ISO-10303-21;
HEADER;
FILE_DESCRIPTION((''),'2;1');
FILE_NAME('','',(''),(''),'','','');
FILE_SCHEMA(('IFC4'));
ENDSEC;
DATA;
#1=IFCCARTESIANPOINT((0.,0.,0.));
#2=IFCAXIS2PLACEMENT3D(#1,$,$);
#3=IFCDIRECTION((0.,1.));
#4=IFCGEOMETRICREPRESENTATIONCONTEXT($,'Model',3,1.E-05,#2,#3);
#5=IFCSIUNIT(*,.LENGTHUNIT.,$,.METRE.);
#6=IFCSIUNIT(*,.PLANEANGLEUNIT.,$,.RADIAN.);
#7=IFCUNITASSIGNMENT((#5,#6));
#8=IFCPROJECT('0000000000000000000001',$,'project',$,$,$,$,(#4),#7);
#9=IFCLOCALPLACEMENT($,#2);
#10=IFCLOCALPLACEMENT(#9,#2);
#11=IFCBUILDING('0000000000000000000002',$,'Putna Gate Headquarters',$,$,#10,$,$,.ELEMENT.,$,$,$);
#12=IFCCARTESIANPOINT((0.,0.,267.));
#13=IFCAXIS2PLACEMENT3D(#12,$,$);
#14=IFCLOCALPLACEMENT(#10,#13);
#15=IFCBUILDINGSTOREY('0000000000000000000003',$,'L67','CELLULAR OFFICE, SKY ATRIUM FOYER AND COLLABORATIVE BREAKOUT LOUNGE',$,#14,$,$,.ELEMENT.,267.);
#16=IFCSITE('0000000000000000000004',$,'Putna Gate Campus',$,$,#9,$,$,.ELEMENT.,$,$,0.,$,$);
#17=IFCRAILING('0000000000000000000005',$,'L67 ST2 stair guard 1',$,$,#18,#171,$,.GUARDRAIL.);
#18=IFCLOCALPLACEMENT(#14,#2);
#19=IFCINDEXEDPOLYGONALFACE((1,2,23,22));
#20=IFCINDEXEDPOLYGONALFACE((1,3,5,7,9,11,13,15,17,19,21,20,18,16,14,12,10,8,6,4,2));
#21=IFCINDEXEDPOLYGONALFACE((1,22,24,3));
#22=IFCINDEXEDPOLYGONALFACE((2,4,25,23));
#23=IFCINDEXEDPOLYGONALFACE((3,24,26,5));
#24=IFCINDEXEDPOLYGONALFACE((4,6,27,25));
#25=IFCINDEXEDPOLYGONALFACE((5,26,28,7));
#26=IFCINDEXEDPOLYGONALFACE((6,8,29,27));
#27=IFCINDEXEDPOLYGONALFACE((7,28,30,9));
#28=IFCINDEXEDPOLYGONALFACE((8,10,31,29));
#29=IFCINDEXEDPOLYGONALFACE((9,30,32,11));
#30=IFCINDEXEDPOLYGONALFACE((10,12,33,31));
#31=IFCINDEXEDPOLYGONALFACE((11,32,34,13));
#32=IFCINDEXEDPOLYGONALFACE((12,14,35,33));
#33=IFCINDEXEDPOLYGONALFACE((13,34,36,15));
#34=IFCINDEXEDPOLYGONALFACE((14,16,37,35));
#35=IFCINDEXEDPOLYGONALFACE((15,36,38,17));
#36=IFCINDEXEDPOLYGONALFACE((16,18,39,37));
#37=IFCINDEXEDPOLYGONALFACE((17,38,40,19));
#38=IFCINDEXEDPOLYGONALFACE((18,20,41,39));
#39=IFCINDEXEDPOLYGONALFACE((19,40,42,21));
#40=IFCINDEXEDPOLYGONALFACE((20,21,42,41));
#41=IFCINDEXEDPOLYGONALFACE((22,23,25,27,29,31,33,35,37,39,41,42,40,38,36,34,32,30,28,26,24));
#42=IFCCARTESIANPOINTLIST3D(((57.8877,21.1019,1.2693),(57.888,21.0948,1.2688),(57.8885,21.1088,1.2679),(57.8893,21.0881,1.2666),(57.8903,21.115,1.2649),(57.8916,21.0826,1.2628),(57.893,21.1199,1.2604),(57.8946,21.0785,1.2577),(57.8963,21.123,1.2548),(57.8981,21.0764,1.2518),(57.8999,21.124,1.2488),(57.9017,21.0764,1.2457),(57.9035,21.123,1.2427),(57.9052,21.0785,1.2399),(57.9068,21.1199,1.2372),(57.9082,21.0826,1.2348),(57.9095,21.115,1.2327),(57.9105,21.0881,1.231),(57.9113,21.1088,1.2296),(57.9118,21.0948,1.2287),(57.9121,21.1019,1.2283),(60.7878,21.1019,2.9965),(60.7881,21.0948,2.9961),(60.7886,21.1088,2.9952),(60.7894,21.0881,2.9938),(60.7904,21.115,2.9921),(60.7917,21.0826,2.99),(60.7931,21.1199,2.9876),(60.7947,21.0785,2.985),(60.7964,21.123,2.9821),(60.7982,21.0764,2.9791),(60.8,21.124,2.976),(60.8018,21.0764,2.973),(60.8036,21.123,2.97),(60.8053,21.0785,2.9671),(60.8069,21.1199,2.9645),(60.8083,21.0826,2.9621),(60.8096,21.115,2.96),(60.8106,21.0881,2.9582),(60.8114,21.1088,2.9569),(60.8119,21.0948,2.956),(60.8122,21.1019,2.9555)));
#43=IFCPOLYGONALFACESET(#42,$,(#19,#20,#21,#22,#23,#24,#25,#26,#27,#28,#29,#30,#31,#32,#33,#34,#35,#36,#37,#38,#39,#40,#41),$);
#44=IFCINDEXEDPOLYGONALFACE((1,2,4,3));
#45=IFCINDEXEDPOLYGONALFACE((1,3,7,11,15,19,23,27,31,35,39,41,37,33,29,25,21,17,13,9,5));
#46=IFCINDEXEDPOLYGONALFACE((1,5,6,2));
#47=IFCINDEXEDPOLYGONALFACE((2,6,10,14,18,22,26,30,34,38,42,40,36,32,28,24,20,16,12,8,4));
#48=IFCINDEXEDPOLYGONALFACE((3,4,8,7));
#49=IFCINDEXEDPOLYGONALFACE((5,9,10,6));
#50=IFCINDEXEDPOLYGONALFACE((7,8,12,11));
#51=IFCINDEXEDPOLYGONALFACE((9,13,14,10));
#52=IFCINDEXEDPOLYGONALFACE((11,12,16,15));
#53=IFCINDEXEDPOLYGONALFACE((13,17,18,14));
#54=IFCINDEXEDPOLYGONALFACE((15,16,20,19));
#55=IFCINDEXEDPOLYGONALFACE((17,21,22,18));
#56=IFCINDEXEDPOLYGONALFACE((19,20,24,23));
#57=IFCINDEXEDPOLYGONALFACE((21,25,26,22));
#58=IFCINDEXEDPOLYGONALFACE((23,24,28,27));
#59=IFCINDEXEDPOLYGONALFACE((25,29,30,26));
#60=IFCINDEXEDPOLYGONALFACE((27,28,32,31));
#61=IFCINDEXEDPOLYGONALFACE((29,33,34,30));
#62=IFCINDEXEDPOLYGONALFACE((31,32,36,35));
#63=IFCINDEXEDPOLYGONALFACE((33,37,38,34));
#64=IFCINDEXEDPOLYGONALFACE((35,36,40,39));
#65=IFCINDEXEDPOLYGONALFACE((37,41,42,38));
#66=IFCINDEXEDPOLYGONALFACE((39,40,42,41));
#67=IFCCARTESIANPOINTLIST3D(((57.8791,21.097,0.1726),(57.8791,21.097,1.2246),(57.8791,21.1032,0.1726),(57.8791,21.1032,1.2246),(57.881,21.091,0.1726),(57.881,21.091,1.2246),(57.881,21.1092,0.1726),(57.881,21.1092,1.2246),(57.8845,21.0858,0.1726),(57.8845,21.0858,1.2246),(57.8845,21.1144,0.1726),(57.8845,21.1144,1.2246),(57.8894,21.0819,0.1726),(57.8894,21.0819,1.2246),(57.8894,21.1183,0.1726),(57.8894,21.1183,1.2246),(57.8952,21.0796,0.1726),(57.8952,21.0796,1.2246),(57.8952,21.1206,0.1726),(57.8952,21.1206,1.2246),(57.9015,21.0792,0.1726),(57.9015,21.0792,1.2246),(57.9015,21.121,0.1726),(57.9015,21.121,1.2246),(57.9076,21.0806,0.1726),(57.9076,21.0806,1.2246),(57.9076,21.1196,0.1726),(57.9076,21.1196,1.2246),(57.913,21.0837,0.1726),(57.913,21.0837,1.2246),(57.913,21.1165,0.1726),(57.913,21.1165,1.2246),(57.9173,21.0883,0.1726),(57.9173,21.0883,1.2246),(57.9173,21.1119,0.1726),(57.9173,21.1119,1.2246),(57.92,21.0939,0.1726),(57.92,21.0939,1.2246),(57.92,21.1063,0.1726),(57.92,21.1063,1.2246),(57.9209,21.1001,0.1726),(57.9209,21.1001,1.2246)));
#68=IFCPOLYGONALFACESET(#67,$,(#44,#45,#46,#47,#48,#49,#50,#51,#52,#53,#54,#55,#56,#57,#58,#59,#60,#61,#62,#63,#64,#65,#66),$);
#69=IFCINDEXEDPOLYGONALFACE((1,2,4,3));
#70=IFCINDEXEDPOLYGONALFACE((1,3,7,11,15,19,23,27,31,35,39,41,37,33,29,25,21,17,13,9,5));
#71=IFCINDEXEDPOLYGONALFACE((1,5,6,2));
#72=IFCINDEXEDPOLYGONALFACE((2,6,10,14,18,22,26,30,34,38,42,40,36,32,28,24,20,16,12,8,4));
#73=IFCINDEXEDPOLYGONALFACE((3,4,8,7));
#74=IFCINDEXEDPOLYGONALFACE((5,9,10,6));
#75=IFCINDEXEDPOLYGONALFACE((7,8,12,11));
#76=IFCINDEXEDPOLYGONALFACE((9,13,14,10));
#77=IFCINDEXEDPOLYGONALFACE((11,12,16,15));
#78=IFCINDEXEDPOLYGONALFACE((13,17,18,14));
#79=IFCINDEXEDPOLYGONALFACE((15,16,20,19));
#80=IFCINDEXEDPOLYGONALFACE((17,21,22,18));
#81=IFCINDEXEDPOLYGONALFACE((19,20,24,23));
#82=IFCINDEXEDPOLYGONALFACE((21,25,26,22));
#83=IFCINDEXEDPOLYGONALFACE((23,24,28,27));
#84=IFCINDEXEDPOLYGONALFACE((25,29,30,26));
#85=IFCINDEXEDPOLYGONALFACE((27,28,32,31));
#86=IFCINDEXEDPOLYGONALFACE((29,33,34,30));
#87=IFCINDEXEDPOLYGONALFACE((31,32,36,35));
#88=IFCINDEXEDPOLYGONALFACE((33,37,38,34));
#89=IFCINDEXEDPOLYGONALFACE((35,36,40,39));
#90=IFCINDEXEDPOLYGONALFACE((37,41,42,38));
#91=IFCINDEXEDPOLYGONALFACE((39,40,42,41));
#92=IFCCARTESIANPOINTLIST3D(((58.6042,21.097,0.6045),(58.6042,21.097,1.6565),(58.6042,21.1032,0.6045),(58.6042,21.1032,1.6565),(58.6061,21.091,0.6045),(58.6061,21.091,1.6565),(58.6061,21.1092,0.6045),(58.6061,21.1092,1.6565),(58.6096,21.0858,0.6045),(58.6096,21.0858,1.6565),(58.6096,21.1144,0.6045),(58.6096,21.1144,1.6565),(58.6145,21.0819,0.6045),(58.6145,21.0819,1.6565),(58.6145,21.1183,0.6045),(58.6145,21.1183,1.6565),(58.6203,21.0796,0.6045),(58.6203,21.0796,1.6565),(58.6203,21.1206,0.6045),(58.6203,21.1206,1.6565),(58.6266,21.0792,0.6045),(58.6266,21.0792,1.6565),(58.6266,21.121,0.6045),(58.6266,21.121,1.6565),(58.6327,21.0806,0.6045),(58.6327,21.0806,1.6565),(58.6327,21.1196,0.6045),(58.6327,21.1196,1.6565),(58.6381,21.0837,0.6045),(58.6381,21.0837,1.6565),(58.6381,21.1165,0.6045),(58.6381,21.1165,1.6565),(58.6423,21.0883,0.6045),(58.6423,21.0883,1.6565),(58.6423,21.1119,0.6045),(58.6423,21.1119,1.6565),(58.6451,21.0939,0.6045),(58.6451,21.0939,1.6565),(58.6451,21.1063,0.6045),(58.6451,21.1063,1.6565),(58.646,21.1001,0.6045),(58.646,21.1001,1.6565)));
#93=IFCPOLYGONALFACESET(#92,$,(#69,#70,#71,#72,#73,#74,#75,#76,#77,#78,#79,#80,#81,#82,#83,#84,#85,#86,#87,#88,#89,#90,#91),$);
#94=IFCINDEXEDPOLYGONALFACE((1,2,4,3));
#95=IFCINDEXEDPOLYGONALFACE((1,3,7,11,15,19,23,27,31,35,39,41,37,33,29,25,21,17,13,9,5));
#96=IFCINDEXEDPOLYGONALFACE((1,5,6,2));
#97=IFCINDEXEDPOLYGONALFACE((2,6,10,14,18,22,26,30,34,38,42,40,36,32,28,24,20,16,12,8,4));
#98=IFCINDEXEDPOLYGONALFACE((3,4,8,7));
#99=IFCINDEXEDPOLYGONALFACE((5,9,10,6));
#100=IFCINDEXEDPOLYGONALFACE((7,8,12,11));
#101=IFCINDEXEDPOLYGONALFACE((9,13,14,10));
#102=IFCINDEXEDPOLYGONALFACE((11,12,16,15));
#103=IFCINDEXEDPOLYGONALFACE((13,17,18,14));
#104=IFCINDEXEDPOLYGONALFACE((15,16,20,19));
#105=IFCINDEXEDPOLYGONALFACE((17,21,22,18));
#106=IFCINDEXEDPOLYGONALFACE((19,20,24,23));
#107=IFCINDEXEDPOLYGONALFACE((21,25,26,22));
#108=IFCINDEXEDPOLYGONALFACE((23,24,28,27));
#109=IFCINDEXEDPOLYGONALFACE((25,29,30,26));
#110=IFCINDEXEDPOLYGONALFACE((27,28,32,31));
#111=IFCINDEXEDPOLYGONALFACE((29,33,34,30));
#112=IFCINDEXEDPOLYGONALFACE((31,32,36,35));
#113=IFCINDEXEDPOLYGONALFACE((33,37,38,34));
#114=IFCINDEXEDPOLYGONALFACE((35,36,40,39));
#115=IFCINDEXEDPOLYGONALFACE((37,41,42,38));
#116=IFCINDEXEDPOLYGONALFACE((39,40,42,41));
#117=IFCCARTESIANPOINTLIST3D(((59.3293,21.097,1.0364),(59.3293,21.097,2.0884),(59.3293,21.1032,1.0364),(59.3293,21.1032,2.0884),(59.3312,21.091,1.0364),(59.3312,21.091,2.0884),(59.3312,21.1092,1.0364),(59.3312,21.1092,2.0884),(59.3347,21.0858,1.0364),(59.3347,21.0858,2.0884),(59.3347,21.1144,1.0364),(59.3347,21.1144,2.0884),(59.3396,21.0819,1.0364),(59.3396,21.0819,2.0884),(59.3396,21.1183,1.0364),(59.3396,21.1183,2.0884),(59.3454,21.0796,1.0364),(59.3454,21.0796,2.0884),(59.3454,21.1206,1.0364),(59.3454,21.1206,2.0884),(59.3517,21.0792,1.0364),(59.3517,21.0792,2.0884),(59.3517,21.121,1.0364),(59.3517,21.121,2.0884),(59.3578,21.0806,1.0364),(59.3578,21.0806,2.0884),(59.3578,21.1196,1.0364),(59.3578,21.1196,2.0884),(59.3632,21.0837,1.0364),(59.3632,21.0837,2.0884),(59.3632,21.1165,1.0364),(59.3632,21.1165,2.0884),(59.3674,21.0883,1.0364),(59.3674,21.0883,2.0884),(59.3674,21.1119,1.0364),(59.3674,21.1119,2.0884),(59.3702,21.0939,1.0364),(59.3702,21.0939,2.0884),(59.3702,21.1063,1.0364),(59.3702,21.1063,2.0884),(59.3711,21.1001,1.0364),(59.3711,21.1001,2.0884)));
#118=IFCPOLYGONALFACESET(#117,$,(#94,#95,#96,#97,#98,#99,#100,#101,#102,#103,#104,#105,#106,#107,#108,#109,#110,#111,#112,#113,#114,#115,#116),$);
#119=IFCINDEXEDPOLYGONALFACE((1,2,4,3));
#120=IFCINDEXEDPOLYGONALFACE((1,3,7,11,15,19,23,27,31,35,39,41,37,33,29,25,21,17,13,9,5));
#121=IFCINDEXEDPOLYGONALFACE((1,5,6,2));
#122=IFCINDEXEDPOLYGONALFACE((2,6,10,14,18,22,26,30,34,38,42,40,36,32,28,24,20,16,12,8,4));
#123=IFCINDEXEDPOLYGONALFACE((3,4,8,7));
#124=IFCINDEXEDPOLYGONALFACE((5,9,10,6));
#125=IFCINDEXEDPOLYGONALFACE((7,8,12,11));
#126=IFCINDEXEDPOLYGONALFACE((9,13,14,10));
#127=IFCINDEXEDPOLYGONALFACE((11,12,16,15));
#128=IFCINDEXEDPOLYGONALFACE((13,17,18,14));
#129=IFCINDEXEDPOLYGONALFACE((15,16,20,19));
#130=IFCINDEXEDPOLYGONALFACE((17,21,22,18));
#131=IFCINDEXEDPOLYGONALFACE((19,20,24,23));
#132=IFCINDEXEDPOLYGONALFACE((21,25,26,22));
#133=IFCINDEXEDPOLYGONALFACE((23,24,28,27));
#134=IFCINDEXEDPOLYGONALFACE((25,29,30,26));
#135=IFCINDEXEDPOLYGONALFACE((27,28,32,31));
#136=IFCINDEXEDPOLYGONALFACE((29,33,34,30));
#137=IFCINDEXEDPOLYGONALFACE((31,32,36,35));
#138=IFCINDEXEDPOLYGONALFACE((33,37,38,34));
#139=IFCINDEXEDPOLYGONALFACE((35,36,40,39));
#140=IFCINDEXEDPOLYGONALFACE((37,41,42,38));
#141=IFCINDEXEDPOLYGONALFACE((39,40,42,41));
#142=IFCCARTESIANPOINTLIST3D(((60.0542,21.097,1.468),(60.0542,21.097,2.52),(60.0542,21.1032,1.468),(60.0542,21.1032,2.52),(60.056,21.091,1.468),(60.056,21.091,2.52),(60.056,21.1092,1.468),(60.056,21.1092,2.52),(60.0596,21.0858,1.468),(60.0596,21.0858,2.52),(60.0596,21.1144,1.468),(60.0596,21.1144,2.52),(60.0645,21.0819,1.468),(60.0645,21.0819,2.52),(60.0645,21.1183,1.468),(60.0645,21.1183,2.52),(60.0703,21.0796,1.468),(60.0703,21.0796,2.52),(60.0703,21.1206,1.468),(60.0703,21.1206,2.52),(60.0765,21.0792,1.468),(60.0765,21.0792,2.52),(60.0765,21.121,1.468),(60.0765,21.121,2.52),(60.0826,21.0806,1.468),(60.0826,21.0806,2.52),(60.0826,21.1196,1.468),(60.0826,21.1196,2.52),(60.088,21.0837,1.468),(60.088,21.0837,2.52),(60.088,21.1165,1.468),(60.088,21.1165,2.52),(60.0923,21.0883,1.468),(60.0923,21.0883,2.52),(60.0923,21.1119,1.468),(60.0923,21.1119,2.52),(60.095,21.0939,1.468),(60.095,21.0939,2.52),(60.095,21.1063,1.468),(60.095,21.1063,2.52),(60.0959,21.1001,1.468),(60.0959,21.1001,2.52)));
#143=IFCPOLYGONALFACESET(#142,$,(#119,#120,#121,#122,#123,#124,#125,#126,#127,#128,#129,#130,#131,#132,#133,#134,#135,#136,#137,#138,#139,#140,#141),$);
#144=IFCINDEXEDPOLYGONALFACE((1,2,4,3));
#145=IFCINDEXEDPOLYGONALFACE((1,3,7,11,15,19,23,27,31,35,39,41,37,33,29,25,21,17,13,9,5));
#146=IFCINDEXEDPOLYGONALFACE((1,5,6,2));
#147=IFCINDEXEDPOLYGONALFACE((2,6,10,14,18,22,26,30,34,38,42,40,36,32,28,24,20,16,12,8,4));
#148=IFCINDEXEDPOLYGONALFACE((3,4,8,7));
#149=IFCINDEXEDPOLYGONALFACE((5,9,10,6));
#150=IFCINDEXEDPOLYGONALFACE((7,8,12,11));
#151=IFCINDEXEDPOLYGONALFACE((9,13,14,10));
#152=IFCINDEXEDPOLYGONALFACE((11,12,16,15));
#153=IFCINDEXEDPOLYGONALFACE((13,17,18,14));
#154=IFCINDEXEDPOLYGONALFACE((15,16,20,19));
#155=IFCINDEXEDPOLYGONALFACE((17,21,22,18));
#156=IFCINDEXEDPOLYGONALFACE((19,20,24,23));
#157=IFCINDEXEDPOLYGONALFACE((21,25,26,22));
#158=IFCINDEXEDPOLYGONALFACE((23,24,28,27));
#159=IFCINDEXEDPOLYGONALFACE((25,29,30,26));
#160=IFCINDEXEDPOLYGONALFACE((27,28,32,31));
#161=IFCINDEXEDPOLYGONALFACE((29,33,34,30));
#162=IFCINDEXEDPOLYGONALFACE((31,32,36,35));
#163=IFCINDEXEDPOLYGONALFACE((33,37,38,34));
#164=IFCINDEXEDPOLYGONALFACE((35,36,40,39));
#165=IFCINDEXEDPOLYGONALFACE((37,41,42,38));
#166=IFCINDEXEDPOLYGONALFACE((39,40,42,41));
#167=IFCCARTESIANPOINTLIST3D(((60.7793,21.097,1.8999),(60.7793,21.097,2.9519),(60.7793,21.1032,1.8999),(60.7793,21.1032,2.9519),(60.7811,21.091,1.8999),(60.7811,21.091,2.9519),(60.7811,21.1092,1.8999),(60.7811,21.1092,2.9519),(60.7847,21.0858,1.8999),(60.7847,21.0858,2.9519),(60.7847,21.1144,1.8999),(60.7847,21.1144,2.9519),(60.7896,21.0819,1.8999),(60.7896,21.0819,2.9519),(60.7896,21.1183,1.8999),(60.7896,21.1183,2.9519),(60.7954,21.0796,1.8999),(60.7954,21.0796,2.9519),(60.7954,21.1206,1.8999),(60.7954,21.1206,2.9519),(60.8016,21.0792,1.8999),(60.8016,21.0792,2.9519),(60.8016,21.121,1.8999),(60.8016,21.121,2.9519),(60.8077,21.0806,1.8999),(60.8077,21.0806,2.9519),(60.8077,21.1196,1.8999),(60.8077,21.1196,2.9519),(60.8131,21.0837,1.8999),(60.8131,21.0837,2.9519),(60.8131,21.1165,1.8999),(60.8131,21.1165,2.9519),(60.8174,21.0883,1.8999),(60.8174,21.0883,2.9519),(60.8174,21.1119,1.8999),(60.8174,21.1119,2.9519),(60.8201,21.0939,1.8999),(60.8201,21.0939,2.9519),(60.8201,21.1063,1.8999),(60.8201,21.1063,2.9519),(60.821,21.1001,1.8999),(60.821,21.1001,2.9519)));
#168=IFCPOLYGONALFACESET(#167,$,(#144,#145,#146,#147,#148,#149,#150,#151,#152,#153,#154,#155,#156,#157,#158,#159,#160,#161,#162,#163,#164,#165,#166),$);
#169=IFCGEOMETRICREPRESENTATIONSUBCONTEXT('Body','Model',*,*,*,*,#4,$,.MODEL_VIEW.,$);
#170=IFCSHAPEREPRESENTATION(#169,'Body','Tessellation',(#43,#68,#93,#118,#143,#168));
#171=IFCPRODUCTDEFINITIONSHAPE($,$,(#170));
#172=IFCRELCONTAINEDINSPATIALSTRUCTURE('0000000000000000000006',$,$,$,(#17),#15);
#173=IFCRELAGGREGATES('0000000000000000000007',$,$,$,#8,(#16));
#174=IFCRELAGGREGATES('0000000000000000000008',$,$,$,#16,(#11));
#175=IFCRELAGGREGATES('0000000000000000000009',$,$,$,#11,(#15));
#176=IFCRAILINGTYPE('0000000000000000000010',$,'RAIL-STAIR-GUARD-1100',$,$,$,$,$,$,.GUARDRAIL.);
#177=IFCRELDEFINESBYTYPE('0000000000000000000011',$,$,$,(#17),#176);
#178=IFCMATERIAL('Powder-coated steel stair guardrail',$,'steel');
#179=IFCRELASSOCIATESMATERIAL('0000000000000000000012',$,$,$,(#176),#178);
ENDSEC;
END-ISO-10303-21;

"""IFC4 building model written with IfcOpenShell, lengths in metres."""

from ifc_helpers import new_model, si_unit, direction, frame, origin, origin_2d, place, context, subcontext, project, spatial, circle, extrude, material, type_object, element, save


model = new_model("IFC4")

# Units and contexts
model_context = context("Model", 3, precision=1e-05, world=origin(), true_north=direction((0.0, 1.0)))
body_context = subcontext(model_context, "Body", "Model", "MODEL_VIEW")
ifc_project = project(units=[si_unit("LENGTHUNIT", "METRE"), si_unit("PLANEANGLEUNIT", "RADIAN")], contexts=[model_context])

# Site, building, storey
site_placement = place(None, origin())
site = spatial("IfcSite", under=ifc_project, at=site_placement, Name="Putna Gate Campus", CompositionType="ELEMENT", RefElevation=0.0)
building_placement = place(site_placement, origin())
building = spatial("IfcBuilding", under=site, at=building_placement, Name="Putna Gate Headquarters", CompositionType="ELEMENT")
storey_placement = place(building_placement, frame((0.0, 0.0, 267.0)))
storey = spatial("IfcBuildingStorey", under=building, at=storey_placement, Name="L67", Description="CELLULAR OFFICE, SKY ATRIUM FOYER AND COLLABORATIVE BREAKOUT LOUNGE", CompositionType="ELEMENT", Elevation=267.0)

# Railing
ifc_material_1 = material(Name="Powder-coated steel stair guardrail", Category="steel")
railing_type_1 = type_object("IfcRailingType", Name="RAIL-STAIR-GUARD-1100", PredefinedType="GUARDRAIL", material=ifc_material_1)
railing_1_placement = place(storey_placement, frame((57.8999, 21.1001, 0.1726)))
element("IfcRailing", 1, at=railing_1_placement, inside=storey, type_object=railing_type_1, Name="L67 ST2 stair guard 1", PredefinedType="GUARDRAIL", context=body_context, shape_type="SweptSolid", body=[
    extrude(circle(Radius=0.0239, at=origin_2d()), frame((0.0, 0.0, 1.0762), z_axis=(0.85916, 0.0, 0.511706), x_axis=(0.0, 1.0, 0.0)), (0.0, 0.0, 1.0), 3.3755),
    extrude(circle(Radius=0.021, at=origin_2d()), origin(), (0.0, 0.0, 1.0), 1.052),
    extrude(circle(Radius=0.021, at=origin_2d()), frame((0.7251, 0.0, 0.4319)), (0.0, 0.0, 1.0), 1.052),
    extrude(circle(Radius=0.021, at=origin_2d()), frame((1.4502, 0.0, 0.8638)), (0.0, 0.0, 1.0), 1.052),
    extrude(circle(Radius=0.021, at=origin_2d()), frame((2.175, 0.0, 1.2954)), (0.0, 0.0, 1.0), 1.052),
    extrude(circle(Radius=0.021, at=origin_2d()), frame((2.9001, 0.0, 1.7273)), (0.0, 0.0, 1.0), 1.052),
])

save(model, "model.ifc")
